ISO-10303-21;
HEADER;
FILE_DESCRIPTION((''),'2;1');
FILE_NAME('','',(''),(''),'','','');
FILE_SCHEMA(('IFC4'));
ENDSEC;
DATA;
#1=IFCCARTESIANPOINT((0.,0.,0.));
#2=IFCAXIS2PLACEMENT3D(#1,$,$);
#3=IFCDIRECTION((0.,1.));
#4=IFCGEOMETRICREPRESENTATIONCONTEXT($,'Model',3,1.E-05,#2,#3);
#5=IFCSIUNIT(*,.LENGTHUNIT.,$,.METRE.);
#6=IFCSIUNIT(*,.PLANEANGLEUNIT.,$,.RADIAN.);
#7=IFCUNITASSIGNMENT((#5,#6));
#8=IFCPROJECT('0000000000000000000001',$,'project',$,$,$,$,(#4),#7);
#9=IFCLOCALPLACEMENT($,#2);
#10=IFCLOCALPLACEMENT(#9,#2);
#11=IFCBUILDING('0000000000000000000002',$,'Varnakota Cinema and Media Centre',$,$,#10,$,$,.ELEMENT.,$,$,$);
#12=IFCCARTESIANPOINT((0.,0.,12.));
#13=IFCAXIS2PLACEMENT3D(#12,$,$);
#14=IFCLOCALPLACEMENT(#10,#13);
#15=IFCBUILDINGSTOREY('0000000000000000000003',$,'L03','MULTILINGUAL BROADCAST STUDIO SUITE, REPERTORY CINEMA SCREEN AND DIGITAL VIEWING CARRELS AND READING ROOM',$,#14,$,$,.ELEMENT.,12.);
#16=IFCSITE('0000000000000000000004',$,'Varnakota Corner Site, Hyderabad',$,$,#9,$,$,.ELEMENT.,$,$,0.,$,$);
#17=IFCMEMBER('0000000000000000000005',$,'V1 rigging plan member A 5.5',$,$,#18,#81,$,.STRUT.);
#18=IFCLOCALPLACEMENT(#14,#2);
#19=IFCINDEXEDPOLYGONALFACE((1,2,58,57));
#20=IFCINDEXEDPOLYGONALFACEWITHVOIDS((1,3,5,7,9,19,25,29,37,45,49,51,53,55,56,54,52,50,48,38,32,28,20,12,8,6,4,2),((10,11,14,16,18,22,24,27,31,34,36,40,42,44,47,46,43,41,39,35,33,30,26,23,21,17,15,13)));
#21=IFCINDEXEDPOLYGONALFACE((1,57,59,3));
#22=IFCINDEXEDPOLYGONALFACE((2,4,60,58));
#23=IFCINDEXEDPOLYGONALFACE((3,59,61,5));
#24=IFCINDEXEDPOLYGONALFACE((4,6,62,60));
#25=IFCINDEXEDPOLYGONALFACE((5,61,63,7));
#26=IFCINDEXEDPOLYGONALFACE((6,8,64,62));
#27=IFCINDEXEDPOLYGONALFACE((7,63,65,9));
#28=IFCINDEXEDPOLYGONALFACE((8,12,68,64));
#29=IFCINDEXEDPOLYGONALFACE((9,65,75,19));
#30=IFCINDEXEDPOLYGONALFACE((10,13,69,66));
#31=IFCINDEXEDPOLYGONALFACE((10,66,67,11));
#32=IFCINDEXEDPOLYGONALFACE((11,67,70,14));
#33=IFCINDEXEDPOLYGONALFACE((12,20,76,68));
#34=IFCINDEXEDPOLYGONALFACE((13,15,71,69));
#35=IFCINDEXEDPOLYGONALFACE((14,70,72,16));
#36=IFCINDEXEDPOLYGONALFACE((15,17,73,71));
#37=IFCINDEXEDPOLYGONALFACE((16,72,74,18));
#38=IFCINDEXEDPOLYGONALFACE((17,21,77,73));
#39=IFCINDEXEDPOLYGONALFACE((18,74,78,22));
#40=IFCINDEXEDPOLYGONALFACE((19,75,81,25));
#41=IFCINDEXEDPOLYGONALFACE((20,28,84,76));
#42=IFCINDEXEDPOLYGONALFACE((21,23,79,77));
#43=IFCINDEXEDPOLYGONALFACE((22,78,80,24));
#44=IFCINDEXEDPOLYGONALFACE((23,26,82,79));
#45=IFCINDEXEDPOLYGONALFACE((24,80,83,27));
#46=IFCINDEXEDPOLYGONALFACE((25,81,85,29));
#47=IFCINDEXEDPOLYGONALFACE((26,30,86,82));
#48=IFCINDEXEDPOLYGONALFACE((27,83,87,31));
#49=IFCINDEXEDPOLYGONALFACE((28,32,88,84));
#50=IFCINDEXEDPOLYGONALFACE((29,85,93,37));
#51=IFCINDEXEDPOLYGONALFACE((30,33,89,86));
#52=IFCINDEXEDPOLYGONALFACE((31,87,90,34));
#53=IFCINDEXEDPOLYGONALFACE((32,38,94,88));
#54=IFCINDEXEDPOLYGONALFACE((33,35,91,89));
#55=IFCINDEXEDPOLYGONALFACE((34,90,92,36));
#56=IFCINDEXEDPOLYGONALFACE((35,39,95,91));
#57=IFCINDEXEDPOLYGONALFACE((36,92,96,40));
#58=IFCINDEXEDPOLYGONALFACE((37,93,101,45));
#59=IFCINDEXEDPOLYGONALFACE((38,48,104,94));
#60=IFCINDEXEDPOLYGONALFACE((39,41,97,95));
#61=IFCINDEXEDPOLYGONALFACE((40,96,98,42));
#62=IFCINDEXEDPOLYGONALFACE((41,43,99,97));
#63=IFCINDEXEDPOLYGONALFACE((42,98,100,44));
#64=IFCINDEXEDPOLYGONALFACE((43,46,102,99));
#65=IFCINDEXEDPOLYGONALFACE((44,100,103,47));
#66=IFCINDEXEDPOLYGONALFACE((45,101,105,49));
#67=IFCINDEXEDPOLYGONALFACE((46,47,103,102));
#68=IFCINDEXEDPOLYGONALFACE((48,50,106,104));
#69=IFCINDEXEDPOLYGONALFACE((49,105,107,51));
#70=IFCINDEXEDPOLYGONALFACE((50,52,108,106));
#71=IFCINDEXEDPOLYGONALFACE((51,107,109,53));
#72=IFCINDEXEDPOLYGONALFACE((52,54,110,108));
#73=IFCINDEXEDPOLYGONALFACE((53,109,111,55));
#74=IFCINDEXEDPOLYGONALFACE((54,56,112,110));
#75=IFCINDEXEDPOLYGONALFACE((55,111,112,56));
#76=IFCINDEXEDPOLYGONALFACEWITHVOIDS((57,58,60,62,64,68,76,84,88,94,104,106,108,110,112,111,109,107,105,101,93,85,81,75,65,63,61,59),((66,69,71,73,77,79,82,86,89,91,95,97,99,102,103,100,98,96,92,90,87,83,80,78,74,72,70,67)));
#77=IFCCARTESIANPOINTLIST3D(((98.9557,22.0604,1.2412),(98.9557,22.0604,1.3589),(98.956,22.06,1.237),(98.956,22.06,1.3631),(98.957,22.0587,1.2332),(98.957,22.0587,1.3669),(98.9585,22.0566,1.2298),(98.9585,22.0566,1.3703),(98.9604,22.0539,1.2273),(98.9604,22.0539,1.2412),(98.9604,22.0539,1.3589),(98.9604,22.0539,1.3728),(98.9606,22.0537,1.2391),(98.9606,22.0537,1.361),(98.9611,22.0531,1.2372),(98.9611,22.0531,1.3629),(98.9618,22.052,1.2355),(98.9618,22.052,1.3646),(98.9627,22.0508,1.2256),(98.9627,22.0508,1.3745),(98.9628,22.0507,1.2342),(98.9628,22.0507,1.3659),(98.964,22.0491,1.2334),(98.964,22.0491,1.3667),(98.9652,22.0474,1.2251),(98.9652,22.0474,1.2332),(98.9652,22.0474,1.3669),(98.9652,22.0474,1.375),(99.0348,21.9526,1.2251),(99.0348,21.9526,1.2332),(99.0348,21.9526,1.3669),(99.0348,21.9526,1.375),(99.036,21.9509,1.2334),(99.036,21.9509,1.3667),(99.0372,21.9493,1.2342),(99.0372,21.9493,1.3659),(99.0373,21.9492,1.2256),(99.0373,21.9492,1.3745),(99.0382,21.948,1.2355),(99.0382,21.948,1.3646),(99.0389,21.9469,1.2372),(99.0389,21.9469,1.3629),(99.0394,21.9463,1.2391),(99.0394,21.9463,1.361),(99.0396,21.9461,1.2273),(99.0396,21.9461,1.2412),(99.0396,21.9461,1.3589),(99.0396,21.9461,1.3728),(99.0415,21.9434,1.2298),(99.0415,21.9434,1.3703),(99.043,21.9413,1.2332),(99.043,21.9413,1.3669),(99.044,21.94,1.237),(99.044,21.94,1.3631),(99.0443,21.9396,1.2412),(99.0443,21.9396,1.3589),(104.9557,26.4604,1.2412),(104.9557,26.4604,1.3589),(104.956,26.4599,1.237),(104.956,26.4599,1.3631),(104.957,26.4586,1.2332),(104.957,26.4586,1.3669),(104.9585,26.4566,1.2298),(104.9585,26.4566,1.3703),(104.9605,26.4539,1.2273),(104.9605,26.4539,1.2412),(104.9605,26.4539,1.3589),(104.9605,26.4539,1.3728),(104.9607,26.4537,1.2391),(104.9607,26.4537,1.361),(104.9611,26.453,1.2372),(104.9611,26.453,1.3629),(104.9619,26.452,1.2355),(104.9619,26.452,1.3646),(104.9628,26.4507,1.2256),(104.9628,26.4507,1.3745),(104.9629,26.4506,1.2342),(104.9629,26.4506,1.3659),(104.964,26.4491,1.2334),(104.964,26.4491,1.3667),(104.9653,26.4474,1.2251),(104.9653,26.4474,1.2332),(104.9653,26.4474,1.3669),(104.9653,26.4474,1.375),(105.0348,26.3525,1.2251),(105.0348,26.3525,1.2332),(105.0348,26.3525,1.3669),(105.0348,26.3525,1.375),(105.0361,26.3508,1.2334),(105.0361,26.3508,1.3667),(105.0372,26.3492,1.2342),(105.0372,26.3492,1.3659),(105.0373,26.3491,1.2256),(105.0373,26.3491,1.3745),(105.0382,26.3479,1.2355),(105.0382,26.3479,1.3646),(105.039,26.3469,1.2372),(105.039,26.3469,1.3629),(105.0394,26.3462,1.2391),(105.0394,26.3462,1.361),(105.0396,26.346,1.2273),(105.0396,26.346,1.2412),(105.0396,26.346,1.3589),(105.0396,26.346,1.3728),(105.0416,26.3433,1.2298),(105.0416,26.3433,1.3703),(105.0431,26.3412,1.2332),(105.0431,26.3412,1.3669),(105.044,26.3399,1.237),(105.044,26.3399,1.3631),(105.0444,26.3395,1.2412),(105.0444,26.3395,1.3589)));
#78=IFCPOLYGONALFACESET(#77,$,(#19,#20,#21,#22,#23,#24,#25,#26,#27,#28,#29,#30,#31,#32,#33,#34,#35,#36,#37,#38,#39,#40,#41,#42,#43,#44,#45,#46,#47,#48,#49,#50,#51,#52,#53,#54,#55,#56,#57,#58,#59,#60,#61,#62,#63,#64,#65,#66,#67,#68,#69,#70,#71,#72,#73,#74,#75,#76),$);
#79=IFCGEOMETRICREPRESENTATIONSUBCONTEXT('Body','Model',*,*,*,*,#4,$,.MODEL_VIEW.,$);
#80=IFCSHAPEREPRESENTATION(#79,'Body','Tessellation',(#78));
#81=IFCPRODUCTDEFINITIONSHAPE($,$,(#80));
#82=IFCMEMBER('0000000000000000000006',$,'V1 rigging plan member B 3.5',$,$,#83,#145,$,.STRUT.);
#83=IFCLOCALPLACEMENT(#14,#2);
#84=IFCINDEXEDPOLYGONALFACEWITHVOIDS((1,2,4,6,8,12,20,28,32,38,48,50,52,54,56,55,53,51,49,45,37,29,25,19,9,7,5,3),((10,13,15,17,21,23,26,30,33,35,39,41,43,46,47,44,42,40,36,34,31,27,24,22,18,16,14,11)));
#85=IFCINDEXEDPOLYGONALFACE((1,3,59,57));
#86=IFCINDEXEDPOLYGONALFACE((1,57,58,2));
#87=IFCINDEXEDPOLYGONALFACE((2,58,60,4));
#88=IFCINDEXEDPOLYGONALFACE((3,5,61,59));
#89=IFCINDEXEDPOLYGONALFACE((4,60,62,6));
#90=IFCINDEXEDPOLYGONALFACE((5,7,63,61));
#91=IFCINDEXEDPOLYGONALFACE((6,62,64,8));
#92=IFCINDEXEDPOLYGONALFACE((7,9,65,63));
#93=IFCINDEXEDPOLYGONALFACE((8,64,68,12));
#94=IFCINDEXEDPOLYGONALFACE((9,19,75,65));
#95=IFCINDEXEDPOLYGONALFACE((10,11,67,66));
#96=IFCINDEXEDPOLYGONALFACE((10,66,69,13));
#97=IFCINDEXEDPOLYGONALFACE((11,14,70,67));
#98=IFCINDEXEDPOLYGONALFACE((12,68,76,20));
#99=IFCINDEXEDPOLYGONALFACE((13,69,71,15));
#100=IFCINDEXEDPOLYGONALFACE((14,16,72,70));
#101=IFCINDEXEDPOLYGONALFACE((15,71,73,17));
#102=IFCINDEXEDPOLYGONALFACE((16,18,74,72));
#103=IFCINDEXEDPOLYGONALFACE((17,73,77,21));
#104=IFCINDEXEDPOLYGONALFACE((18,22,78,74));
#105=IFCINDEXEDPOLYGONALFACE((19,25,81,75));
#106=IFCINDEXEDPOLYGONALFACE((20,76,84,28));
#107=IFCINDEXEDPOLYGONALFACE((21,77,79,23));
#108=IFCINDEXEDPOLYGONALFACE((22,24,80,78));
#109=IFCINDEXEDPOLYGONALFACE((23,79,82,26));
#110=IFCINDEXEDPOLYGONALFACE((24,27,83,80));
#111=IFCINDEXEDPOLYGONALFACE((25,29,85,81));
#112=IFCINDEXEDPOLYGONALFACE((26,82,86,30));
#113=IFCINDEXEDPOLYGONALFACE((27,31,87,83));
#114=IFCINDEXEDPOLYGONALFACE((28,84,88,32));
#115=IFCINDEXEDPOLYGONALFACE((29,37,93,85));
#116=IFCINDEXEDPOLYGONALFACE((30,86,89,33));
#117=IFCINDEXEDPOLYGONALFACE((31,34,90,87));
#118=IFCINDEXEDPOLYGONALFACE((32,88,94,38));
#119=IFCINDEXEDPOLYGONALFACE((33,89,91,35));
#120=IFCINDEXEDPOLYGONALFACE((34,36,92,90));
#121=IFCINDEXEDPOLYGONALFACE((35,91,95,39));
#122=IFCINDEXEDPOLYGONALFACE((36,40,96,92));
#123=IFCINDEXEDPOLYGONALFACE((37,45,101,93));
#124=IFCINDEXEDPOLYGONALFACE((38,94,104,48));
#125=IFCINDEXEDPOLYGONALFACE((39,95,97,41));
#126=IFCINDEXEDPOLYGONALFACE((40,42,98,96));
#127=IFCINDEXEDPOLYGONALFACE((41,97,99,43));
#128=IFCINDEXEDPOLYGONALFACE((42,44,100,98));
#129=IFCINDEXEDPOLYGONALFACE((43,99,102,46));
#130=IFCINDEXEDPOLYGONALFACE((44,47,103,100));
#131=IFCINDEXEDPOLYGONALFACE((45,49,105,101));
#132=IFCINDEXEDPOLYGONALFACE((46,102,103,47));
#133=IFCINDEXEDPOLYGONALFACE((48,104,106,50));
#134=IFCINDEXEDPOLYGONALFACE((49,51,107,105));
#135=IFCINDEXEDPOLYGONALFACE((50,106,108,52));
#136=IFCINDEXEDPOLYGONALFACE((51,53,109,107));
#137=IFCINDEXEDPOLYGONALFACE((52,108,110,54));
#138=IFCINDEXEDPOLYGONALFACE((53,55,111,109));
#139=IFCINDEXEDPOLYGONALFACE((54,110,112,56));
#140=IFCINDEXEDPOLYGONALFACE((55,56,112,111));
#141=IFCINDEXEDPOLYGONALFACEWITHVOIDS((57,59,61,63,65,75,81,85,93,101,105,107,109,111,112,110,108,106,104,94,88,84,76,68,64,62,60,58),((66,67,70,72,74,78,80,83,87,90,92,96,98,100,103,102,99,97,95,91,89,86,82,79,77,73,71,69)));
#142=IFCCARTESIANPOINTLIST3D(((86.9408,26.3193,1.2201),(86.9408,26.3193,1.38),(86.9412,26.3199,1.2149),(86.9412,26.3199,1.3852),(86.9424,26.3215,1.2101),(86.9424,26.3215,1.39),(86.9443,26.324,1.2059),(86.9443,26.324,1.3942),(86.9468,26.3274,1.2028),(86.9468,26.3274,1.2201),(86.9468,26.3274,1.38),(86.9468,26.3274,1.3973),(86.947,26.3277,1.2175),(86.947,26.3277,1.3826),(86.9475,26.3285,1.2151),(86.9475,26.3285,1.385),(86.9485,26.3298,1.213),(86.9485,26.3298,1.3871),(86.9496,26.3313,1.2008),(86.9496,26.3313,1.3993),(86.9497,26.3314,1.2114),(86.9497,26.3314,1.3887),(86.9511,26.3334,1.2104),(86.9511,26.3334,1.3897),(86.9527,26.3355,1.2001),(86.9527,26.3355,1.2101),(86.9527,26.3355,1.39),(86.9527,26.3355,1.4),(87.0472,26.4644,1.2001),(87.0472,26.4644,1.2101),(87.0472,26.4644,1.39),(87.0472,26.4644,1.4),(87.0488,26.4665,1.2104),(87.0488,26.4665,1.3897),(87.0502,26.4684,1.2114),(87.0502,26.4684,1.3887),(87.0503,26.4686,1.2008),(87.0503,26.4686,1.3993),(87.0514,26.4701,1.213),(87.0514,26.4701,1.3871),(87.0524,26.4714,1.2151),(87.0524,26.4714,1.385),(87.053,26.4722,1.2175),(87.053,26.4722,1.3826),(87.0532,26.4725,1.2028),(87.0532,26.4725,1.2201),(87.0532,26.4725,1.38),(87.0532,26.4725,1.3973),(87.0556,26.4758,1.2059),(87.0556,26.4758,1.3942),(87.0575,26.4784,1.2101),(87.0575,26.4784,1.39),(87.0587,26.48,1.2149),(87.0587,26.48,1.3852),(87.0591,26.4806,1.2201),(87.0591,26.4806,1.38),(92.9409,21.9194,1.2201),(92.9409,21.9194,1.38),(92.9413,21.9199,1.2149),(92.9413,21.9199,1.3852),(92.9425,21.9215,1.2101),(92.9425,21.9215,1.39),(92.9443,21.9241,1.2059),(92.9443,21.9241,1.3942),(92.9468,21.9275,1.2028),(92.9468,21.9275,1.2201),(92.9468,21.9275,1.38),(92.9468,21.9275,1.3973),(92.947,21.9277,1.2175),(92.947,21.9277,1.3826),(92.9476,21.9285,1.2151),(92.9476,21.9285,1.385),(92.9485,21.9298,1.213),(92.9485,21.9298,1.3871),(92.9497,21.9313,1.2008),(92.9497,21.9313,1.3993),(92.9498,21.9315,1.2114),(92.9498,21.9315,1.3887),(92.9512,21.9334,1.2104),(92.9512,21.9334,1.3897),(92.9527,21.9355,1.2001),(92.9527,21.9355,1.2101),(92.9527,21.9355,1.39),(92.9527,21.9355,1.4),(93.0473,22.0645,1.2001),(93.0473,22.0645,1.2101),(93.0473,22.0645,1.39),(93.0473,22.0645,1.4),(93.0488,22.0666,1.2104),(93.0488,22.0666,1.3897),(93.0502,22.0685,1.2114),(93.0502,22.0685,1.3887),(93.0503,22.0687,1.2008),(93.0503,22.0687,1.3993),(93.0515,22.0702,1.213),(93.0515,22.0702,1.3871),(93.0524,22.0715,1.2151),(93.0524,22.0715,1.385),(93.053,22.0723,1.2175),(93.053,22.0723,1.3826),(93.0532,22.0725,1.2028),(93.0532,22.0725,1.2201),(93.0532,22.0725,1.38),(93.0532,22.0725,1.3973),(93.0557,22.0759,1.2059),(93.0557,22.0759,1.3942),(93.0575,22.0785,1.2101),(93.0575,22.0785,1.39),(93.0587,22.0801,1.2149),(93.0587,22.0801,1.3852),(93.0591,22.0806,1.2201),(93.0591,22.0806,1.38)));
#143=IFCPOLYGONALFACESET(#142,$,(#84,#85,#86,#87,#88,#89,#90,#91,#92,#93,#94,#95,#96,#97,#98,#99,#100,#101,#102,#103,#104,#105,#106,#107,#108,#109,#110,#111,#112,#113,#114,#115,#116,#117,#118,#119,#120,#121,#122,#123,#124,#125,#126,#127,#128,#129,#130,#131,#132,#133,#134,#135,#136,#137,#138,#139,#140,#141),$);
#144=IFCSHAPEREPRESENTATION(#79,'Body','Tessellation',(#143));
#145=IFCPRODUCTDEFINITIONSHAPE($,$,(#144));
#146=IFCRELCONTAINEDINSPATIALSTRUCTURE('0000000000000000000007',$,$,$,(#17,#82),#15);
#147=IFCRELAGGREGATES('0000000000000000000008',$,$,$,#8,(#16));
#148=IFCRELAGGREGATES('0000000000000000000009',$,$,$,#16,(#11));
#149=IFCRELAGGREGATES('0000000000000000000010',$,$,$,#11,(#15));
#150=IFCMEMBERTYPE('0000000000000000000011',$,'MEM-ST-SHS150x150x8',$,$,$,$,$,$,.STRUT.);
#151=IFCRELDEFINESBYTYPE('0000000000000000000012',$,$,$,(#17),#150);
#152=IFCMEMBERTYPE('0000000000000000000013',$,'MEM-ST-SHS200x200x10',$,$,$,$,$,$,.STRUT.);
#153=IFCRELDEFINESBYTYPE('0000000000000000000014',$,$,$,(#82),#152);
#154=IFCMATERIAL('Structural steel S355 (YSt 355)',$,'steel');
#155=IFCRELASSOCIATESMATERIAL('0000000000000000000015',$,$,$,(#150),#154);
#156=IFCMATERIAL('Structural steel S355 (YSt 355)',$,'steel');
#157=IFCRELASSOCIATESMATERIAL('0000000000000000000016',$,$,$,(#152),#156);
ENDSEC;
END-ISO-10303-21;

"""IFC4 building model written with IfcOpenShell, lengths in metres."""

from ifc_helpers import new_model, si_unit, direction, frame, origin, origin_2d, place, context, subcontext, project, spatial, hollow_rectangle, extrude, material, material_profile, profile_set, type_object, element, save


model = new_model("IFC4")

# Units and contexts
model_context = context("Model", 3, precision=1e-05, world=origin(), true_north=direction((0.0, 1.0)))
body_context = subcontext(model_context, "Body", "Model", "MODEL_VIEW")
ifc_project = project(units=[si_unit("LENGTHUNIT", "METRE"), si_unit("PLANEANGLEUNIT", "RADIAN")], contexts=[model_context])

# Site, building, storey
site_placement = place(None, origin())
site = spatial("IfcSite", under=ifc_project, at=site_placement, Name="Varnakota Corner Site, Hyderabad", CompositionType="ELEMENT", RefElevation=0.0)
building_placement = place(site_placement, origin())
building = spatial("IfcBuilding", under=site, at=building_placement, Name="Varnakota Cinema and Media Centre", CompositionType="ELEMENT")
storey_placement = place(building_placement, frame((0.0, 0.0, 12.0)))
storey = spatial("IfcBuildingStorey", under=building, at=storey_placement, Name="L03", Description="MULTILINGUAL BROADCAST STUDIO SUITE, REPERTORY CINEMA SCREEN AND DIGITAL VIEWING CARRELS AND READING ROOM", CompositionType="ELEMENT", Elevation=12.0)

# Members
ifc_material_1 = material(Name="Structural steel S355 (YSt 355)", Category="steel")
ifc_material_profile_1 = material_profile(ifc_material_1, hollow_rectangle(XDim=0.1499, YDim=0.1499, WallThickness=0.0081, InnerFilletRadius=0.0081, OuterFilletRadius=0.0161, at=origin_2d()), Name="SHS 150x150x8")
ifc_profile_set_1 = profile_set([ifc_material_profile_1], Name="Structural steel S355 (YSt 355)")
member_type_1 = type_object("IfcMemberType", Name="MEM-ST-SHS150x150x8", PredefinedType="STRUT", material=ifc_profile_set_1)
member_1_placement = place(storey_placement, frame((99.0, 22.0, 1.3), z_axis=(0.806411, 0.591355, 0.0), x_axis=(-0.591355, 0.806411, 0.0)))
element("IfcMember", 1, at=member_1_placement, inside=storey, type_object=member_type_1, Name="V1 rigging plan member A 5.5", PredefinedType="STRUT", context=body_context, shape_type="SweptSolid", body=[
    extrude(hollow_rectangle(XDim=0.1499, YDim=0.1499, WallThickness=0.0081, InnerFilletRadius=0.0081, OuterFilletRadius=0.0161, at=origin_2d()), origin(), (0.0, 0.0, 1.0), 7.4404),
])
ifc_material_2 = material(Name="Structural steel S355 (YSt 355)", Category="steel")
ifc_material_profile_2 = material_profile(ifc_material_2, hollow_rectangle(XDim=0.2, YDim=0.2, WallThickness=0.01, InnerFilletRadius=0.01, OuterFilletRadius=0.02, at=origin_2d()), Name="SHS 200x200x10")
ifc_profile_set_2 = profile_set([ifc_material_profile_2], Name="Structural steel S355 (YSt 355)")
member_type_2 = type_object("IfcMemberType", Name="MEM-ST-SHS200x200x10", PredefinedType="STRUT", material=ifc_profile_set_2)
member_2_placement = place(storey_placement, frame((93.0, 22.0, 1.3), z_axis=(-0.806411, 0.591355, 0.0), x_axis=(-0.591355, -0.806411, 0.0)))
element("IfcMember", 2, at=member_2_placement, inside=storey, type_object=member_type_2, Name="V1 rigging plan member B 3.5", PredefinedType="STRUT", context=body_context, shape_type="SweptSolid", body=[
    extrude(hollow_rectangle(XDim=0.2, YDim=0.2, WallThickness=0.01, InnerFilletRadius=0.01, OuterFilletRadius=0.02, at=origin_2d()), origin(), (0.0, 0.0, 1.0), 7.4404),
])

save(model, "model.ifc")
